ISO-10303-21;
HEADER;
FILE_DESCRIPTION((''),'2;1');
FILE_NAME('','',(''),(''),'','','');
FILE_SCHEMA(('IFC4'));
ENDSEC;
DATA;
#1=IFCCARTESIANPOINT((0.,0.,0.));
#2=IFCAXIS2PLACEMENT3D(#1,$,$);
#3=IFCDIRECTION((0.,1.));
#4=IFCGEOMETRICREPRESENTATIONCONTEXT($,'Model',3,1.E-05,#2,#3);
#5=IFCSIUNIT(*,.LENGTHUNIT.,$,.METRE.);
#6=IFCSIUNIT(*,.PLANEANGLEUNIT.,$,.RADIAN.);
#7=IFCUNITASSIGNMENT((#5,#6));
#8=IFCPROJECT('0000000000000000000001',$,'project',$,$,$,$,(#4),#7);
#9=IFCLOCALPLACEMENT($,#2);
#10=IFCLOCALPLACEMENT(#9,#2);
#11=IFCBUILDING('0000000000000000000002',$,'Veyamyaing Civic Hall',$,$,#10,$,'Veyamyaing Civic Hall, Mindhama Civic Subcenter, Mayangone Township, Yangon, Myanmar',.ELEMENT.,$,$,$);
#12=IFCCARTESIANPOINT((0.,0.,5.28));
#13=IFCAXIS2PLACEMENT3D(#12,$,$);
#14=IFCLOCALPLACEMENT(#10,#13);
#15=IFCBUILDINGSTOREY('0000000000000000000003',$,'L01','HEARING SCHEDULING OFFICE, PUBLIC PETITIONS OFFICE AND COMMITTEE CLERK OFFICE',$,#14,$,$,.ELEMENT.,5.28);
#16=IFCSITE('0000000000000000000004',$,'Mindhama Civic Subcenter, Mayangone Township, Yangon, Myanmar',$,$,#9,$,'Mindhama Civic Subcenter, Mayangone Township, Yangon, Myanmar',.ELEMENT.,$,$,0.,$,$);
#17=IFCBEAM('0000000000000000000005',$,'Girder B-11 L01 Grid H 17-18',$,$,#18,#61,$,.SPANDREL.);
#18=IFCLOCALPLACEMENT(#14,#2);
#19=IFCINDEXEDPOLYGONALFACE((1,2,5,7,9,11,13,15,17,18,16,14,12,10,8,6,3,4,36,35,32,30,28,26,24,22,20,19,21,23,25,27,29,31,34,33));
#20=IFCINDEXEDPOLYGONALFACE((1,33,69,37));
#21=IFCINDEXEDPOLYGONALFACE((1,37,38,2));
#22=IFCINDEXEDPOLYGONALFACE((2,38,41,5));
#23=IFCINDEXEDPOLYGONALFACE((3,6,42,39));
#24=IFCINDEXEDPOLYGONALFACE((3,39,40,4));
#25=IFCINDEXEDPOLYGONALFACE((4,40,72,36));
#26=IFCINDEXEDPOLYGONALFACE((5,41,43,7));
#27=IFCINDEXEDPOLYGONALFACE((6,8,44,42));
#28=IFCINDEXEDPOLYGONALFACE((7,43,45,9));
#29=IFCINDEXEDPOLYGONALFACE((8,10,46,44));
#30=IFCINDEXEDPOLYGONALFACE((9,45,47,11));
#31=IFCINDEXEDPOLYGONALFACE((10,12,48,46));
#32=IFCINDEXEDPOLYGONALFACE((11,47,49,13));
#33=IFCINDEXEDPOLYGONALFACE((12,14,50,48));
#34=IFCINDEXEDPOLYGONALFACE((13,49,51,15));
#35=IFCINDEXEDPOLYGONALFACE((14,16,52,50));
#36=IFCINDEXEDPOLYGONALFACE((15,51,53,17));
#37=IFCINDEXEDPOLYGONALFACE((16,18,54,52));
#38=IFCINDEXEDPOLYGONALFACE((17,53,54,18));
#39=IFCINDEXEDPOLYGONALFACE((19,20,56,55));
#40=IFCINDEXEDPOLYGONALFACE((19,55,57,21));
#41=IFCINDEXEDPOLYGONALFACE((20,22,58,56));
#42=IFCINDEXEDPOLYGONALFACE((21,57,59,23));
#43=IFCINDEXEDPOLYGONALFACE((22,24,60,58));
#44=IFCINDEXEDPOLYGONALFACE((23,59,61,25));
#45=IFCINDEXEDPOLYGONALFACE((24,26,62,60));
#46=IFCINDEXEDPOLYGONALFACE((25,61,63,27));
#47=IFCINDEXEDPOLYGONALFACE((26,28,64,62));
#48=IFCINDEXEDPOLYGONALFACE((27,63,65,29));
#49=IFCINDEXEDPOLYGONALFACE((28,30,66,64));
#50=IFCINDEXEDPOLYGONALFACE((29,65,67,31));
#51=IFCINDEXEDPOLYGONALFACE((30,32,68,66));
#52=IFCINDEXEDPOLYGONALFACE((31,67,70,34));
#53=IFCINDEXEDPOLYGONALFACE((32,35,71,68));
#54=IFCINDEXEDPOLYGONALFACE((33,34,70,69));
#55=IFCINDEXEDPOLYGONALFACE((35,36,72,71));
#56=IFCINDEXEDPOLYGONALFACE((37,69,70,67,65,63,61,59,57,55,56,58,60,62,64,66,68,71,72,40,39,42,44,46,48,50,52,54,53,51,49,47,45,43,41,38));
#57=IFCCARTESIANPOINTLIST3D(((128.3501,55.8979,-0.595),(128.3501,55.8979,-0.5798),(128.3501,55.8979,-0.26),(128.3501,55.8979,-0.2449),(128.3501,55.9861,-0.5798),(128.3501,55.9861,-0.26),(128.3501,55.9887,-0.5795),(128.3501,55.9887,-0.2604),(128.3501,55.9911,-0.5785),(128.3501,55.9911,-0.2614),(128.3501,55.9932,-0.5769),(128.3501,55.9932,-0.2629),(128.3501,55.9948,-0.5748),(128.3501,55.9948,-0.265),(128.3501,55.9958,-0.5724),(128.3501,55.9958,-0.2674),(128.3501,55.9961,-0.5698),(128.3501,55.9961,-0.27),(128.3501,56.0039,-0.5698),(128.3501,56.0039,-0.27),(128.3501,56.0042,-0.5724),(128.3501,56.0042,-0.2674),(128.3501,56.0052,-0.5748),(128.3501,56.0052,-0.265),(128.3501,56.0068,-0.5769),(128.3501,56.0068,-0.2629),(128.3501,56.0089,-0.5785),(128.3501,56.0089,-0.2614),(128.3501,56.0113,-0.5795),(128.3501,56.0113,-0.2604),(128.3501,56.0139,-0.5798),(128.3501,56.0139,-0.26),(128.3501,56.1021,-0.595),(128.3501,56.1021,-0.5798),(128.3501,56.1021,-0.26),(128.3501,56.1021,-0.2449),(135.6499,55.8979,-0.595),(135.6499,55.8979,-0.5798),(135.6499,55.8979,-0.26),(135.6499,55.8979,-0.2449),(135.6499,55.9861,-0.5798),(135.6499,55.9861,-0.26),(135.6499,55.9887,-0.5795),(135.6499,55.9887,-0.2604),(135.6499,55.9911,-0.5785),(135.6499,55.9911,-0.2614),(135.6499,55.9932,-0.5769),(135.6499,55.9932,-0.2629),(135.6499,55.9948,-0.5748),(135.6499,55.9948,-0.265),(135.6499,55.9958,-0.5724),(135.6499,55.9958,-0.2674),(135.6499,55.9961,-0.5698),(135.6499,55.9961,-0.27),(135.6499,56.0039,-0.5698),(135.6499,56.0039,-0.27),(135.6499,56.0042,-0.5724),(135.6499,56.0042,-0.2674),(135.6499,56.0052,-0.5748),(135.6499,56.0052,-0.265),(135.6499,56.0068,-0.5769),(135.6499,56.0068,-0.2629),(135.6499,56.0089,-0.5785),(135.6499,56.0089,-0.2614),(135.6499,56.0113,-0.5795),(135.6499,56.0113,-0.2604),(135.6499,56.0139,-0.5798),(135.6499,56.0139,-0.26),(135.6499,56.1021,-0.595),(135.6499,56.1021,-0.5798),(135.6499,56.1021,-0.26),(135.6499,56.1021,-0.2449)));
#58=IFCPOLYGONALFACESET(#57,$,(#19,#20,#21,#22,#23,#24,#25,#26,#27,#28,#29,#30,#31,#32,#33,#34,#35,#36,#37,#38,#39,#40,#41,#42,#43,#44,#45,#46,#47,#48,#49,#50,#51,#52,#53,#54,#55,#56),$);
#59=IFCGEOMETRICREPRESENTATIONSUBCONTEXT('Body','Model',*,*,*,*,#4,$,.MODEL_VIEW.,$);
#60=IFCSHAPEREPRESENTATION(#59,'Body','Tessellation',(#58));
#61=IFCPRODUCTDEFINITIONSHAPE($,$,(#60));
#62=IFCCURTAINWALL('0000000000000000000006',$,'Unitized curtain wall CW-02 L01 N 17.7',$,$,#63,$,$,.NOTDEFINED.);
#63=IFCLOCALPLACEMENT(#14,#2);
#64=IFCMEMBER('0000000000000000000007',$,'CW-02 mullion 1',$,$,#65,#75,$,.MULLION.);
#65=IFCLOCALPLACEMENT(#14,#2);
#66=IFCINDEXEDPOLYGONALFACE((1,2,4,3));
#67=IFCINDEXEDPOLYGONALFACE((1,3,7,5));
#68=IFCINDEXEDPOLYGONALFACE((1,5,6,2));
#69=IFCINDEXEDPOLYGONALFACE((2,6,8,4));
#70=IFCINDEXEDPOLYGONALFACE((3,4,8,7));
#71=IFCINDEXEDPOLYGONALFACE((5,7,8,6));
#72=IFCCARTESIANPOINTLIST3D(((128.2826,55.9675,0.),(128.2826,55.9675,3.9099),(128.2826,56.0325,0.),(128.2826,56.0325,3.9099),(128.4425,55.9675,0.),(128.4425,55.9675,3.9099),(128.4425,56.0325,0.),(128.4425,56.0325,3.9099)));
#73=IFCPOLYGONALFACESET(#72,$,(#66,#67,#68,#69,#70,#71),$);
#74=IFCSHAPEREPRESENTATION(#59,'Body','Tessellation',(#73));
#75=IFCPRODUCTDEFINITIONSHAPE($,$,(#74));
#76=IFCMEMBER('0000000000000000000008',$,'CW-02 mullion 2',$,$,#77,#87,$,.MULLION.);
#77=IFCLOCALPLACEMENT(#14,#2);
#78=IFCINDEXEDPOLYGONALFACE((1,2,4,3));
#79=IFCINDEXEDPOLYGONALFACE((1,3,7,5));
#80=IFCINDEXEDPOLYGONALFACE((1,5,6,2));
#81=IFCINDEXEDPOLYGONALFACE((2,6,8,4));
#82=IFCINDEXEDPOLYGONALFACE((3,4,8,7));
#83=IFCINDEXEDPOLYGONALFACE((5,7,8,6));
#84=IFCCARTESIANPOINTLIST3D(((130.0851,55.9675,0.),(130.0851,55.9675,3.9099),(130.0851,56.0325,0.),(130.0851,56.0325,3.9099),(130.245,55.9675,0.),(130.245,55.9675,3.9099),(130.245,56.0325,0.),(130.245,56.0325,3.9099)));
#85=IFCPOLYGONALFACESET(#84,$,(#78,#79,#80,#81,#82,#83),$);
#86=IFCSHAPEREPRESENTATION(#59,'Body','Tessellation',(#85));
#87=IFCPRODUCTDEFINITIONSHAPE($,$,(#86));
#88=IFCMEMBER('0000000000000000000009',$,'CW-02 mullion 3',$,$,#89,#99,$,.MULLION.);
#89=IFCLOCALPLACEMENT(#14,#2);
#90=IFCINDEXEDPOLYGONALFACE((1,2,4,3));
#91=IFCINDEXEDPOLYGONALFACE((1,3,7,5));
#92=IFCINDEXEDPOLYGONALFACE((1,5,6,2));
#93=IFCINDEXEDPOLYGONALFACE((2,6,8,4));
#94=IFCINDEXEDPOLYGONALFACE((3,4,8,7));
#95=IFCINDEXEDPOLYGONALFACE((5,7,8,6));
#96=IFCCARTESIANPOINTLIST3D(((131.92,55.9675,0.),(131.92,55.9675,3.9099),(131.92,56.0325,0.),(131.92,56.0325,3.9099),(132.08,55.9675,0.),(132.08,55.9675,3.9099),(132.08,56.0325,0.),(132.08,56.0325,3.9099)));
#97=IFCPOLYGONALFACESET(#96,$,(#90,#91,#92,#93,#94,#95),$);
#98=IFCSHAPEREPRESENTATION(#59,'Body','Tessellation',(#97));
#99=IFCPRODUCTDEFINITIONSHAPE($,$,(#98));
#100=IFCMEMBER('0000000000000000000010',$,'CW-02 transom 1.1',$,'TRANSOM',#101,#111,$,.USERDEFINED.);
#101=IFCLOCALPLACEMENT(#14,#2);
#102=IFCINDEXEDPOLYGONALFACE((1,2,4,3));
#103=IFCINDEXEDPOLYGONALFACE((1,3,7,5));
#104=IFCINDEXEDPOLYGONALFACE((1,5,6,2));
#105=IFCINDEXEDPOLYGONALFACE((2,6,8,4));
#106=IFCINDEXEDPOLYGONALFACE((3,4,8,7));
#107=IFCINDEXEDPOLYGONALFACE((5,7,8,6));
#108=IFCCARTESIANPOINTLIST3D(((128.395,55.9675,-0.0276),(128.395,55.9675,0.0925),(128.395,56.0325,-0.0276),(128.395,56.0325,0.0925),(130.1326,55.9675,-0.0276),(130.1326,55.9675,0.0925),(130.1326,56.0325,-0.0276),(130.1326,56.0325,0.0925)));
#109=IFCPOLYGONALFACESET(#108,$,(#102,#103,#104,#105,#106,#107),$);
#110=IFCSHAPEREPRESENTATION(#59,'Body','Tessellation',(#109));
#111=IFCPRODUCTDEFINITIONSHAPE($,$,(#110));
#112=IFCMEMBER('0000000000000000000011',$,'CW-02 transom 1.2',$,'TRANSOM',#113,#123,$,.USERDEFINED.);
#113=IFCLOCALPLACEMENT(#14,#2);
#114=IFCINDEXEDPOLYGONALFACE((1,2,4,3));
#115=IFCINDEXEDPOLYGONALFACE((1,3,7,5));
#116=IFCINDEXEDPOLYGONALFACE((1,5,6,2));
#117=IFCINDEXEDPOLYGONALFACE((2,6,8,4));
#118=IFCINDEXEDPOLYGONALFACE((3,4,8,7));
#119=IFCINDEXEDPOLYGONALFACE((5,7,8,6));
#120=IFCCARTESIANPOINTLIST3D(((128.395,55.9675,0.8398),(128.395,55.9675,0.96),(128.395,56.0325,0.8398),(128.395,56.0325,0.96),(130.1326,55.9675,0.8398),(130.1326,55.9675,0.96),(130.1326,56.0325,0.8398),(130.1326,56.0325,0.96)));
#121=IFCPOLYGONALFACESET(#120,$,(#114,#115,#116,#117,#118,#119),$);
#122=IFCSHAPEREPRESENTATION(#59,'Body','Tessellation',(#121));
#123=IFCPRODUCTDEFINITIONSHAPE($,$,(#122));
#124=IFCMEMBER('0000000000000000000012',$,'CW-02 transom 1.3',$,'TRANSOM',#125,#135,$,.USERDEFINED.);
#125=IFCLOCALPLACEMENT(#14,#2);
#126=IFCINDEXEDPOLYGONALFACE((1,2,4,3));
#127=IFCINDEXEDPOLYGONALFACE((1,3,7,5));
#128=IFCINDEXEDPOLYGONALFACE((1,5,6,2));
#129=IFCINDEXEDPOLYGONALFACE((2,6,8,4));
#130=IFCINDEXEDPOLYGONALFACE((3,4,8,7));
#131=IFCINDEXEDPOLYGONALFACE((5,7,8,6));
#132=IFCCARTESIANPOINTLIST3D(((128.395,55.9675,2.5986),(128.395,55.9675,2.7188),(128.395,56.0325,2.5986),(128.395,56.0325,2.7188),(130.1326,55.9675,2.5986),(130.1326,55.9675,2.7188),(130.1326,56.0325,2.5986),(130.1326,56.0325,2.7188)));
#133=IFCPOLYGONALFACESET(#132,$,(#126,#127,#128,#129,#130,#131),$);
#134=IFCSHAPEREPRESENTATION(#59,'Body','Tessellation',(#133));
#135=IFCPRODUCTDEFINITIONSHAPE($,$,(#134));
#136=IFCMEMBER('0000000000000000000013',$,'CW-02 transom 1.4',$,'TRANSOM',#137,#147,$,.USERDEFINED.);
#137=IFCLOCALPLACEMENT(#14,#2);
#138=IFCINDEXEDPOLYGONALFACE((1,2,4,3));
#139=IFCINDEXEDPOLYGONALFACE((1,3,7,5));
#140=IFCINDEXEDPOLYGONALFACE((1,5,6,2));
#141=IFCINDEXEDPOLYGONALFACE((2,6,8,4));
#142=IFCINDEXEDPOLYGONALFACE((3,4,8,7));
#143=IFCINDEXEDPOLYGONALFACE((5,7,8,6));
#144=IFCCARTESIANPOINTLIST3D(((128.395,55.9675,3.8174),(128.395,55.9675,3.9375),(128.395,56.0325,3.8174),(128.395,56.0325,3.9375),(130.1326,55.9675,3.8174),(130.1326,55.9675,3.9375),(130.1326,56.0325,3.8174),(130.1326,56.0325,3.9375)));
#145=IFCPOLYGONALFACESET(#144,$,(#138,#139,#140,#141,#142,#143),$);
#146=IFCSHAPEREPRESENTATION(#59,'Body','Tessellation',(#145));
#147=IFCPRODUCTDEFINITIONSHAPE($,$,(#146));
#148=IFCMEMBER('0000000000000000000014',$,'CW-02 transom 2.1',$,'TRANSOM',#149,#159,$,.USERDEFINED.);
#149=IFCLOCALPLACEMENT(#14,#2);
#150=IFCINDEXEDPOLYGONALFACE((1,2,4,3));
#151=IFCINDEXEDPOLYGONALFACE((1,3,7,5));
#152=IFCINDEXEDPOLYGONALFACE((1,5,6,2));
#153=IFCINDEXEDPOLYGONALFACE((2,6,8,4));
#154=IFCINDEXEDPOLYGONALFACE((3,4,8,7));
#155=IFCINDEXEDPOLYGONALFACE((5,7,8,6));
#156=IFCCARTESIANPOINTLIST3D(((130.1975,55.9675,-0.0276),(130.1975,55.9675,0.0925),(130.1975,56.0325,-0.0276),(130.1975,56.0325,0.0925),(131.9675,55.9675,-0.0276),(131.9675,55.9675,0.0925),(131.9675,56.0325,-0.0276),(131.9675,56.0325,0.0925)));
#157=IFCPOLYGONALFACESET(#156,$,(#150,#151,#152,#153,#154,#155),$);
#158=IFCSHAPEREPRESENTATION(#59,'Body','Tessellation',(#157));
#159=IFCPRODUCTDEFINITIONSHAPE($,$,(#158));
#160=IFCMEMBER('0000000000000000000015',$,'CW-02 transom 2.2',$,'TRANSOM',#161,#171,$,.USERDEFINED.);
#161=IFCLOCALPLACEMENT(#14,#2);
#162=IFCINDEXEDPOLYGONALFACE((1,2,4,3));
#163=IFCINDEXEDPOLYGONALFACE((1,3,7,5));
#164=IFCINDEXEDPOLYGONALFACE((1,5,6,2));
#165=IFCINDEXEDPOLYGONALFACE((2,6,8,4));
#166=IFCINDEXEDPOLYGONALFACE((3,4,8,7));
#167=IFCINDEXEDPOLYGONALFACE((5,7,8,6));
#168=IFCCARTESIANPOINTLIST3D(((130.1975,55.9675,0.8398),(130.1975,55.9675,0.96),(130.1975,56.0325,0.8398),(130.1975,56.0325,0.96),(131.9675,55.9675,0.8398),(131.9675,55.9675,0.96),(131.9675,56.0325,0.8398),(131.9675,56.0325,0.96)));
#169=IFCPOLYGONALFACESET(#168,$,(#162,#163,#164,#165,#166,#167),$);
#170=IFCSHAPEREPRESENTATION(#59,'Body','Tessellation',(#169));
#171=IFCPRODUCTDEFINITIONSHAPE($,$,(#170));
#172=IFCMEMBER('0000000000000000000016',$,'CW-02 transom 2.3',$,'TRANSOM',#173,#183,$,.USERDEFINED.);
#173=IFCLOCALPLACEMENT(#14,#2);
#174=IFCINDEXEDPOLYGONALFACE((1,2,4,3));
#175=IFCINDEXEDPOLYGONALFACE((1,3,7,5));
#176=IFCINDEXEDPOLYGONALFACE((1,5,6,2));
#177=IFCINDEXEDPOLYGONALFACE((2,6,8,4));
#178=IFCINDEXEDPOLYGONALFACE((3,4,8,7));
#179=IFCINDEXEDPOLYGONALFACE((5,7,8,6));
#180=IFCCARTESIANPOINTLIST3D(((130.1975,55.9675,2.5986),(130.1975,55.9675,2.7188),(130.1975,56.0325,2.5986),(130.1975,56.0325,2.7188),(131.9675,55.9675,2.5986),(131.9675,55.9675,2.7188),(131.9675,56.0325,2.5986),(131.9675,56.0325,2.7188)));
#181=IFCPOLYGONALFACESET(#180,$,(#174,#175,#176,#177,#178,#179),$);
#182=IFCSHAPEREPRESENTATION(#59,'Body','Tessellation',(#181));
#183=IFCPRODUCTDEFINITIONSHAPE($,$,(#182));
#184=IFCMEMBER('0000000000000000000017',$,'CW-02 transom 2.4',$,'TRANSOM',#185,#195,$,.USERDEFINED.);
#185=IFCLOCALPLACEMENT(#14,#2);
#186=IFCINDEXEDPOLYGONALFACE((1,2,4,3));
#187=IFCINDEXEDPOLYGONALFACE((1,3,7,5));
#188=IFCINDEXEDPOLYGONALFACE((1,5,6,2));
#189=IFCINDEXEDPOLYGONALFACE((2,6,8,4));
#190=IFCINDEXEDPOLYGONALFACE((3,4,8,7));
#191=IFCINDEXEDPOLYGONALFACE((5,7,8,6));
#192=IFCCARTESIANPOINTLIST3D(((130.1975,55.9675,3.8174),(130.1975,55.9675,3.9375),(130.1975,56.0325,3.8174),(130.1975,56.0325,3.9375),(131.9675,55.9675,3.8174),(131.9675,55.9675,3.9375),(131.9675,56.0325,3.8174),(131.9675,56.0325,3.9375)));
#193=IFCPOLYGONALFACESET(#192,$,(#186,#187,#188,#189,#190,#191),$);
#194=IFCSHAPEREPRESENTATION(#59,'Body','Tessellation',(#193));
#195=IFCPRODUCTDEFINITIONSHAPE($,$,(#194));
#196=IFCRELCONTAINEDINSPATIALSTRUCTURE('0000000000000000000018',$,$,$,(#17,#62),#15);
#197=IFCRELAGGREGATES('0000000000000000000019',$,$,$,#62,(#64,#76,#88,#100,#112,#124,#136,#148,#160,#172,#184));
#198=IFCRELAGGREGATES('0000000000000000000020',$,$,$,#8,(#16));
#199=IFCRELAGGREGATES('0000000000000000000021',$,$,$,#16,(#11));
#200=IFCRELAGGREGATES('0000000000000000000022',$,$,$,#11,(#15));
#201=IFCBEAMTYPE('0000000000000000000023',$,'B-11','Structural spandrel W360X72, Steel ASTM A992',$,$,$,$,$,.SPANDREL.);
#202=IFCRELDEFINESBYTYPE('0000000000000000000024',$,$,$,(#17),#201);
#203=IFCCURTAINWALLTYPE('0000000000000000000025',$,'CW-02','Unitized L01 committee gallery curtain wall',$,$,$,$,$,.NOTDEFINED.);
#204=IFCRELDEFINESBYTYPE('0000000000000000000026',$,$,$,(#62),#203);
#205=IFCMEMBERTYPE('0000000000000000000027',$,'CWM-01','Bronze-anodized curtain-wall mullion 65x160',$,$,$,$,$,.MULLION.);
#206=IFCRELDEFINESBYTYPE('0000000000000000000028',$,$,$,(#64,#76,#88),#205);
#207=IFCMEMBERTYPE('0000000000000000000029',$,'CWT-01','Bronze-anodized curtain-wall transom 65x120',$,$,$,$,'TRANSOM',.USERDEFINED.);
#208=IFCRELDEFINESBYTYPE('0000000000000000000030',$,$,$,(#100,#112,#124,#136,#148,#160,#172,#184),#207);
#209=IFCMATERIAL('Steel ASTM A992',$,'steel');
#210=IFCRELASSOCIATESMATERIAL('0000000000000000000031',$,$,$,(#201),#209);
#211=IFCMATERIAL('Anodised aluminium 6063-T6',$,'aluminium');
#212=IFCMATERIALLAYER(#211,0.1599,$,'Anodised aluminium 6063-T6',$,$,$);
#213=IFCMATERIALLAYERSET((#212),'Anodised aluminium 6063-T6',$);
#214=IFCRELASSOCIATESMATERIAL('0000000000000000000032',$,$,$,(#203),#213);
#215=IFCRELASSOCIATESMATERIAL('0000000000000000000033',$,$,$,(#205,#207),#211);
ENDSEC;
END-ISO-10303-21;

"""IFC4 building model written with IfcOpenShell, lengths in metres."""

from ifc_helpers import new_model, si_unit, direction, frame, origin, origin_2d, place, context, subcontext, project, spatial, rectangle, i_section, extrude, material, layer, layer_set, material_profile, profile_set, type_object, element, aggregate, save


model = new_model("IFC4")

# Units and contexts
model_context = context("Model", 3, precision=1e-05, world=origin(), true_north=direction((0.0, 1.0)))
body_context = subcontext(model_context, "Body", "Model", "MODEL_VIEW")
ifc_project = project(units=[si_unit("LENGTHUNIT", "METRE"), si_unit("PLANEANGLEUNIT", "RADIAN")], contexts=[model_context])

# Site, building, storey
site_placement = place(None, origin())
site = spatial("IfcSite", under=ifc_project, at=site_placement, Name="Mindhama Civic Subcenter, Mayangone Township, Yangon, Myanmar", LongName="Mindhama Civic Subcenter, Mayangone Township, Yangon, Myanmar", CompositionType="ELEMENT", RefElevation=0.0)
building_placement = place(site_placement, origin())
building = spatial("IfcBuilding", under=site, at=building_placement, Name="Veyamyaing Civic Hall", LongName="Veyamyaing Civic Hall, Mindhama Civic Subcenter, Mayangone Township, Yangon, Myanmar", CompositionType="ELEMENT")
storey_placement = place(building_placement, frame((0.0, 0.0, 5.28)))
storey = spatial("IfcBuildingStorey", under=building, at=storey_placement, Name="L01", Description="HEARING SCHEDULING OFFICE, PUBLIC PETITIONS OFFICE AND COMMITTEE CLERK OFFICE", CompositionType="ELEMENT", Elevation=5.28)

# Beam
ifc_material_1 = material(Name="Steel ASTM A992", Category="steel")
ifc_material_profile_1 = material_profile(ifc_material_1, i_section(OverallWidth=0.2041, OverallDepth=0.3501, WebThickness=0.0078, FlangeThickness=0.0151, FilletRadius=0.01, at=origin_2d()), Name="W360X72")
ifc_profile_set_1 = profile_set([ifc_material_profile_1], Name="Steel ASTM A992")
beam_type_1 = type_object("IfcBeamType", Name="B-11", Description="Structural spandrel W360X72, Steel ASTM A992", PredefinedType="SPANDREL", material=ifc_profile_set_1)
beam_placement = place(storey_placement, frame((128.3501, 56.0, -0.4199), z_axis=(1.0, 0.0, 0.0), x_axis=(0.0, 1.0, 0.0)))
element("IfcBeam", 1, at=beam_placement, inside=storey, type_object=beam_type_1, Name="Girder B-11 L01 Grid H 17-18", PredefinedType="SPANDREL", context=body_context, shape_type="SweptSolid", body=[
    extrude(i_section(OverallWidth=0.2041, OverallDepth=0.3501, WebThickness=0.0078, FlangeThickness=0.0151, FilletRadius=0.01, at=origin_2d()), origin(), (0.0, 0.0, 1.0), 7.2998),
])

# Curtain wall, members
ifc_material_2 = material(Name="Anodised aluminium 6063-T6", Category="aluminium")
ifc_layer_1 = layer(ifc_material_2, 0.1599, Name="Anodised aluminium 6063-T6")
ifc_layer_set_1 = layer_set([ifc_layer_1], Name="Anodised aluminium 6063-T6")
curtain_wall_type = type_object("IfcCurtainWallType", Name="CW-02", Description="Unitized L01 committee gallery curtain wall", PredefinedType="NOTDEFINED", material=ifc_layer_set_1)
curtain_wall_placement = place(storey_placement, origin())
curtain_wall = element("IfcCurtainWall", 2, at=curtain_wall_placement, inside=storey, type_object=curtain_wall_type, Name="Unitized curtain wall CW-02 L01 N 17.7", PredefinedType="NOTDEFINED")
ifc_material_profile_2 = material_profile(ifc_material_2, rectangle(XDim=0.0649, YDim=0.1599, at=origin_2d()), Name="ALU-MUL-65X160")
ifc_profile_set_2 = profile_set([ifc_material_profile_2], Name="Anodised aluminium 6063-T6")
member_type_1 = type_object("IfcMemberType", Name="CWM-01", Description="Bronze-anodized curtain-wall mullion 65x160", PredefinedType="MULLION", material=ifc_profile_set_2)
member_1_placement = place(storey_placement, frame((128.3625, 56.0, 0.0), z_axis=(0.0, 0.0, 1.0), x_axis=(0.0, 1.0, 0.0)))
member_1 = element("IfcMember", 3, at=member_1_placement, type_object=member_type_1, Name="CW-02 mullion 1", PredefinedType="MULLION", context=body_context, shape_type="SweptSolid", body=[
    extrude(rectangle(XDim=0.0649, YDim=0.1599, at=origin_2d()), origin(), (0.0, 0.0, 1.0), 3.9099),
])
member_2_placement = place(storey_placement, frame((130.165, 56.0, 0.0), z_axis=(0.0, 0.0, 1.0), x_axis=(0.0, 1.0, 0.0)))
member_2 = element("IfcMember", 4, at=member_2_placement, type_object=member_type_1, Name="CW-02 mullion 2", PredefinedType="MULLION", context=body_context, shape_type="SweptSolid", body=[
    extrude(rectangle(XDim=0.0649, YDim=0.1599, at=origin_2d()), origin(), (0.0, 0.0, 1.0), 3.9099),
])
member_3_placement = place(storey_placement, frame((132.0, 56.0, 0.0), z_axis=(0.0, 0.0, 1.0), x_axis=(0.0, 1.0, 0.0)))
member_3 = element("IfcMember", 5, at=member_3_placement, type_object=member_type_1, Name="CW-02 mullion 3", PredefinedType="MULLION", context=body_context, shape_type="SweptSolid", body=[
    extrude(rectangle(XDim=0.0649, YDim=0.1599, at=origin_2d()), origin(), (0.0, 0.0, 1.0), 3.9099),
])
ifc_material_profile_3 = material_profile(ifc_material_2, rectangle(XDim=0.0649, YDim=0.1201, at=origin_2d()), Name="ALU-TRN-65X120")
ifc_profile_set_3 = profile_set([ifc_material_profile_3], Name="Anodised aluminium 6063-T6")
member_type_2 = type_object("IfcMemberType", Name="CWT-01", Description="Bronze-anodized curtain-wall transom 65x120", ElementType="TRANSOM", PredefinedType="USERDEFINED", material=ifc_profile_set_3)
member_4_placement = place(storey_placement, frame((128.395, 56.0, 0.0325), z_axis=(1.0, 0.0, 0.0), x_axis=(0.0, 1.0, 0.0)))
member_4 = element("IfcMember", 6, at=member_4_placement, type_object=member_type_2, Name="CW-02 transom 1.1", ObjectType="TRANSOM", PredefinedType="USERDEFINED", context=body_context, shape_type="SweptSolid", body=[
    extrude(rectangle(XDim=0.0649, YDim=0.1201, at=origin_2d()), origin(), (0.0, 0.0, 1.0), 1.7375),
])
member_5_placement = place(storey_placement, frame((128.395, 56.0, 0.8999), z_axis=(1.0, 0.0, 0.0), x_axis=(0.0, 1.0, 0.0)))
member_5 = element("IfcMember", 7, at=member_5_placement, type_object=member_type_2, Name="CW-02 transom 1.2", ObjectType="TRANSOM", PredefinedType="USERDEFINED", context=body_context, shape_type="SweptSolid", body=[
    extrude(rectangle(XDim=0.0649, YDim=0.1201, at=origin_2d()), origin(), (0.0, 0.0, 1.0), 1.7375),
])
member_6_placement = place(storey_placement, frame((128.395, 56.0, 2.6587), z_axis=(1.0, 0.0, 0.0), x_axis=(0.0, 1.0, 0.0)))
member_6 = element("IfcMember", 8, at=member_6_placement, type_object=member_type_2, Name="CW-02 transom 1.3", ObjectType="TRANSOM", PredefinedType="USERDEFINED", context=body_context, shape_type="SweptSolid", body=[
    extrude(rectangle(XDim=0.0649, YDim=0.1201, at=origin_2d()), origin(), (0.0, 0.0, 1.0), 1.7375),
])
member_7_placement = place(storey_placement, frame((128.395, 56.0, 3.8774), z_axis=(1.0, 0.0, 0.0), x_axis=(0.0, 1.0, 0.0)))
member_7 = element("IfcMember", 9, at=member_7_placement, type_object=member_type_2, Name="CW-02 transom 1.4", ObjectType="TRANSOM", PredefinedType="USERDEFINED", context=body_context, shape_type="SweptSolid", body=[
    extrude(rectangle(XDim=0.0649, YDim=0.1201, at=origin_2d()), origin(), (0.0, 0.0, 1.0), 1.7375),
])
member_8_placement = place(storey_placement, frame((130.1975, 56.0, 0.0325), z_axis=(1.0, 0.0, 0.0), x_axis=(0.0, 1.0, 0.0)))
member_8 = element("IfcMember", 10, at=member_8_placement, type_object=member_type_2, Name="CW-02 transom 2.1", ObjectType="TRANSOM", PredefinedType="USERDEFINED", context=body_context, shape_type="SweptSolid", body=[
    extrude(rectangle(XDim=0.0649, YDim=0.1201, at=origin_2d()), origin(), (0.0, 0.0, 1.0), 1.77),
])
member_9_placement = place(storey_placement, frame((130.1975, 56.0, 0.8999), z_axis=(1.0, 0.0, 0.0), x_axis=(0.0, 1.0, 0.0)))
member_9 = element("IfcMember", 11, at=member_9_placement, type_object=member_type_2, Name="CW-02 transom 2.2", ObjectType="TRANSOM", PredefinedType="USERDEFINED", context=body_context, shape_type="SweptSolid", body=[
    extrude(rectangle(XDim=0.0649, YDim=0.1201, at=origin_2d()), origin(), (0.0, 0.0, 1.0), 1.77),
])
member_10_placement = place(storey_placement, frame((130.1975, 56.0, 2.6587), z_axis=(1.0, 0.0, 0.0), x_axis=(0.0, 1.0, 0.0)))
member_10 = element("IfcMember", 12, at=member_10_placement, type_object=member_type_2, Name="CW-02 transom 2.3", ObjectType="TRANSOM", PredefinedType="USERDEFINED", context=body_context, shape_type="SweptSolid", body=[
    extrude(rectangle(XDim=0.0649, YDim=0.1201, at=origin_2d()), origin(), (0.0, 0.0, 1.0), 1.77),
])
member_11_placement = place(storey_placement, frame((130.1975, 56.0, 3.8774), z_axis=(1.0, 0.0, 0.0), x_axis=(0.0, 1.0, 0.0)))
member_11 = element("IfcMember", 13, at=member_11_placement, type_object=member_type_2, Name="CW-02 transom 2.4", ObjectType="TRANSOM", PredefinedType="USERDEFINED", context=body_context, shape_type="SweptSolid", body=[
    extrude(rectangle(XDim=0.0649, YDim=0.1201, at=origin_2d()), origin(), (0.0, 0.0, 1.0), 1.77),
])

aggregate(curtain_wall, [member_1, member_2, member_3, member_4, member_5, member_6, member_7, member_8, member_9, member_10, member_11])

save(model, "model.ifc")
